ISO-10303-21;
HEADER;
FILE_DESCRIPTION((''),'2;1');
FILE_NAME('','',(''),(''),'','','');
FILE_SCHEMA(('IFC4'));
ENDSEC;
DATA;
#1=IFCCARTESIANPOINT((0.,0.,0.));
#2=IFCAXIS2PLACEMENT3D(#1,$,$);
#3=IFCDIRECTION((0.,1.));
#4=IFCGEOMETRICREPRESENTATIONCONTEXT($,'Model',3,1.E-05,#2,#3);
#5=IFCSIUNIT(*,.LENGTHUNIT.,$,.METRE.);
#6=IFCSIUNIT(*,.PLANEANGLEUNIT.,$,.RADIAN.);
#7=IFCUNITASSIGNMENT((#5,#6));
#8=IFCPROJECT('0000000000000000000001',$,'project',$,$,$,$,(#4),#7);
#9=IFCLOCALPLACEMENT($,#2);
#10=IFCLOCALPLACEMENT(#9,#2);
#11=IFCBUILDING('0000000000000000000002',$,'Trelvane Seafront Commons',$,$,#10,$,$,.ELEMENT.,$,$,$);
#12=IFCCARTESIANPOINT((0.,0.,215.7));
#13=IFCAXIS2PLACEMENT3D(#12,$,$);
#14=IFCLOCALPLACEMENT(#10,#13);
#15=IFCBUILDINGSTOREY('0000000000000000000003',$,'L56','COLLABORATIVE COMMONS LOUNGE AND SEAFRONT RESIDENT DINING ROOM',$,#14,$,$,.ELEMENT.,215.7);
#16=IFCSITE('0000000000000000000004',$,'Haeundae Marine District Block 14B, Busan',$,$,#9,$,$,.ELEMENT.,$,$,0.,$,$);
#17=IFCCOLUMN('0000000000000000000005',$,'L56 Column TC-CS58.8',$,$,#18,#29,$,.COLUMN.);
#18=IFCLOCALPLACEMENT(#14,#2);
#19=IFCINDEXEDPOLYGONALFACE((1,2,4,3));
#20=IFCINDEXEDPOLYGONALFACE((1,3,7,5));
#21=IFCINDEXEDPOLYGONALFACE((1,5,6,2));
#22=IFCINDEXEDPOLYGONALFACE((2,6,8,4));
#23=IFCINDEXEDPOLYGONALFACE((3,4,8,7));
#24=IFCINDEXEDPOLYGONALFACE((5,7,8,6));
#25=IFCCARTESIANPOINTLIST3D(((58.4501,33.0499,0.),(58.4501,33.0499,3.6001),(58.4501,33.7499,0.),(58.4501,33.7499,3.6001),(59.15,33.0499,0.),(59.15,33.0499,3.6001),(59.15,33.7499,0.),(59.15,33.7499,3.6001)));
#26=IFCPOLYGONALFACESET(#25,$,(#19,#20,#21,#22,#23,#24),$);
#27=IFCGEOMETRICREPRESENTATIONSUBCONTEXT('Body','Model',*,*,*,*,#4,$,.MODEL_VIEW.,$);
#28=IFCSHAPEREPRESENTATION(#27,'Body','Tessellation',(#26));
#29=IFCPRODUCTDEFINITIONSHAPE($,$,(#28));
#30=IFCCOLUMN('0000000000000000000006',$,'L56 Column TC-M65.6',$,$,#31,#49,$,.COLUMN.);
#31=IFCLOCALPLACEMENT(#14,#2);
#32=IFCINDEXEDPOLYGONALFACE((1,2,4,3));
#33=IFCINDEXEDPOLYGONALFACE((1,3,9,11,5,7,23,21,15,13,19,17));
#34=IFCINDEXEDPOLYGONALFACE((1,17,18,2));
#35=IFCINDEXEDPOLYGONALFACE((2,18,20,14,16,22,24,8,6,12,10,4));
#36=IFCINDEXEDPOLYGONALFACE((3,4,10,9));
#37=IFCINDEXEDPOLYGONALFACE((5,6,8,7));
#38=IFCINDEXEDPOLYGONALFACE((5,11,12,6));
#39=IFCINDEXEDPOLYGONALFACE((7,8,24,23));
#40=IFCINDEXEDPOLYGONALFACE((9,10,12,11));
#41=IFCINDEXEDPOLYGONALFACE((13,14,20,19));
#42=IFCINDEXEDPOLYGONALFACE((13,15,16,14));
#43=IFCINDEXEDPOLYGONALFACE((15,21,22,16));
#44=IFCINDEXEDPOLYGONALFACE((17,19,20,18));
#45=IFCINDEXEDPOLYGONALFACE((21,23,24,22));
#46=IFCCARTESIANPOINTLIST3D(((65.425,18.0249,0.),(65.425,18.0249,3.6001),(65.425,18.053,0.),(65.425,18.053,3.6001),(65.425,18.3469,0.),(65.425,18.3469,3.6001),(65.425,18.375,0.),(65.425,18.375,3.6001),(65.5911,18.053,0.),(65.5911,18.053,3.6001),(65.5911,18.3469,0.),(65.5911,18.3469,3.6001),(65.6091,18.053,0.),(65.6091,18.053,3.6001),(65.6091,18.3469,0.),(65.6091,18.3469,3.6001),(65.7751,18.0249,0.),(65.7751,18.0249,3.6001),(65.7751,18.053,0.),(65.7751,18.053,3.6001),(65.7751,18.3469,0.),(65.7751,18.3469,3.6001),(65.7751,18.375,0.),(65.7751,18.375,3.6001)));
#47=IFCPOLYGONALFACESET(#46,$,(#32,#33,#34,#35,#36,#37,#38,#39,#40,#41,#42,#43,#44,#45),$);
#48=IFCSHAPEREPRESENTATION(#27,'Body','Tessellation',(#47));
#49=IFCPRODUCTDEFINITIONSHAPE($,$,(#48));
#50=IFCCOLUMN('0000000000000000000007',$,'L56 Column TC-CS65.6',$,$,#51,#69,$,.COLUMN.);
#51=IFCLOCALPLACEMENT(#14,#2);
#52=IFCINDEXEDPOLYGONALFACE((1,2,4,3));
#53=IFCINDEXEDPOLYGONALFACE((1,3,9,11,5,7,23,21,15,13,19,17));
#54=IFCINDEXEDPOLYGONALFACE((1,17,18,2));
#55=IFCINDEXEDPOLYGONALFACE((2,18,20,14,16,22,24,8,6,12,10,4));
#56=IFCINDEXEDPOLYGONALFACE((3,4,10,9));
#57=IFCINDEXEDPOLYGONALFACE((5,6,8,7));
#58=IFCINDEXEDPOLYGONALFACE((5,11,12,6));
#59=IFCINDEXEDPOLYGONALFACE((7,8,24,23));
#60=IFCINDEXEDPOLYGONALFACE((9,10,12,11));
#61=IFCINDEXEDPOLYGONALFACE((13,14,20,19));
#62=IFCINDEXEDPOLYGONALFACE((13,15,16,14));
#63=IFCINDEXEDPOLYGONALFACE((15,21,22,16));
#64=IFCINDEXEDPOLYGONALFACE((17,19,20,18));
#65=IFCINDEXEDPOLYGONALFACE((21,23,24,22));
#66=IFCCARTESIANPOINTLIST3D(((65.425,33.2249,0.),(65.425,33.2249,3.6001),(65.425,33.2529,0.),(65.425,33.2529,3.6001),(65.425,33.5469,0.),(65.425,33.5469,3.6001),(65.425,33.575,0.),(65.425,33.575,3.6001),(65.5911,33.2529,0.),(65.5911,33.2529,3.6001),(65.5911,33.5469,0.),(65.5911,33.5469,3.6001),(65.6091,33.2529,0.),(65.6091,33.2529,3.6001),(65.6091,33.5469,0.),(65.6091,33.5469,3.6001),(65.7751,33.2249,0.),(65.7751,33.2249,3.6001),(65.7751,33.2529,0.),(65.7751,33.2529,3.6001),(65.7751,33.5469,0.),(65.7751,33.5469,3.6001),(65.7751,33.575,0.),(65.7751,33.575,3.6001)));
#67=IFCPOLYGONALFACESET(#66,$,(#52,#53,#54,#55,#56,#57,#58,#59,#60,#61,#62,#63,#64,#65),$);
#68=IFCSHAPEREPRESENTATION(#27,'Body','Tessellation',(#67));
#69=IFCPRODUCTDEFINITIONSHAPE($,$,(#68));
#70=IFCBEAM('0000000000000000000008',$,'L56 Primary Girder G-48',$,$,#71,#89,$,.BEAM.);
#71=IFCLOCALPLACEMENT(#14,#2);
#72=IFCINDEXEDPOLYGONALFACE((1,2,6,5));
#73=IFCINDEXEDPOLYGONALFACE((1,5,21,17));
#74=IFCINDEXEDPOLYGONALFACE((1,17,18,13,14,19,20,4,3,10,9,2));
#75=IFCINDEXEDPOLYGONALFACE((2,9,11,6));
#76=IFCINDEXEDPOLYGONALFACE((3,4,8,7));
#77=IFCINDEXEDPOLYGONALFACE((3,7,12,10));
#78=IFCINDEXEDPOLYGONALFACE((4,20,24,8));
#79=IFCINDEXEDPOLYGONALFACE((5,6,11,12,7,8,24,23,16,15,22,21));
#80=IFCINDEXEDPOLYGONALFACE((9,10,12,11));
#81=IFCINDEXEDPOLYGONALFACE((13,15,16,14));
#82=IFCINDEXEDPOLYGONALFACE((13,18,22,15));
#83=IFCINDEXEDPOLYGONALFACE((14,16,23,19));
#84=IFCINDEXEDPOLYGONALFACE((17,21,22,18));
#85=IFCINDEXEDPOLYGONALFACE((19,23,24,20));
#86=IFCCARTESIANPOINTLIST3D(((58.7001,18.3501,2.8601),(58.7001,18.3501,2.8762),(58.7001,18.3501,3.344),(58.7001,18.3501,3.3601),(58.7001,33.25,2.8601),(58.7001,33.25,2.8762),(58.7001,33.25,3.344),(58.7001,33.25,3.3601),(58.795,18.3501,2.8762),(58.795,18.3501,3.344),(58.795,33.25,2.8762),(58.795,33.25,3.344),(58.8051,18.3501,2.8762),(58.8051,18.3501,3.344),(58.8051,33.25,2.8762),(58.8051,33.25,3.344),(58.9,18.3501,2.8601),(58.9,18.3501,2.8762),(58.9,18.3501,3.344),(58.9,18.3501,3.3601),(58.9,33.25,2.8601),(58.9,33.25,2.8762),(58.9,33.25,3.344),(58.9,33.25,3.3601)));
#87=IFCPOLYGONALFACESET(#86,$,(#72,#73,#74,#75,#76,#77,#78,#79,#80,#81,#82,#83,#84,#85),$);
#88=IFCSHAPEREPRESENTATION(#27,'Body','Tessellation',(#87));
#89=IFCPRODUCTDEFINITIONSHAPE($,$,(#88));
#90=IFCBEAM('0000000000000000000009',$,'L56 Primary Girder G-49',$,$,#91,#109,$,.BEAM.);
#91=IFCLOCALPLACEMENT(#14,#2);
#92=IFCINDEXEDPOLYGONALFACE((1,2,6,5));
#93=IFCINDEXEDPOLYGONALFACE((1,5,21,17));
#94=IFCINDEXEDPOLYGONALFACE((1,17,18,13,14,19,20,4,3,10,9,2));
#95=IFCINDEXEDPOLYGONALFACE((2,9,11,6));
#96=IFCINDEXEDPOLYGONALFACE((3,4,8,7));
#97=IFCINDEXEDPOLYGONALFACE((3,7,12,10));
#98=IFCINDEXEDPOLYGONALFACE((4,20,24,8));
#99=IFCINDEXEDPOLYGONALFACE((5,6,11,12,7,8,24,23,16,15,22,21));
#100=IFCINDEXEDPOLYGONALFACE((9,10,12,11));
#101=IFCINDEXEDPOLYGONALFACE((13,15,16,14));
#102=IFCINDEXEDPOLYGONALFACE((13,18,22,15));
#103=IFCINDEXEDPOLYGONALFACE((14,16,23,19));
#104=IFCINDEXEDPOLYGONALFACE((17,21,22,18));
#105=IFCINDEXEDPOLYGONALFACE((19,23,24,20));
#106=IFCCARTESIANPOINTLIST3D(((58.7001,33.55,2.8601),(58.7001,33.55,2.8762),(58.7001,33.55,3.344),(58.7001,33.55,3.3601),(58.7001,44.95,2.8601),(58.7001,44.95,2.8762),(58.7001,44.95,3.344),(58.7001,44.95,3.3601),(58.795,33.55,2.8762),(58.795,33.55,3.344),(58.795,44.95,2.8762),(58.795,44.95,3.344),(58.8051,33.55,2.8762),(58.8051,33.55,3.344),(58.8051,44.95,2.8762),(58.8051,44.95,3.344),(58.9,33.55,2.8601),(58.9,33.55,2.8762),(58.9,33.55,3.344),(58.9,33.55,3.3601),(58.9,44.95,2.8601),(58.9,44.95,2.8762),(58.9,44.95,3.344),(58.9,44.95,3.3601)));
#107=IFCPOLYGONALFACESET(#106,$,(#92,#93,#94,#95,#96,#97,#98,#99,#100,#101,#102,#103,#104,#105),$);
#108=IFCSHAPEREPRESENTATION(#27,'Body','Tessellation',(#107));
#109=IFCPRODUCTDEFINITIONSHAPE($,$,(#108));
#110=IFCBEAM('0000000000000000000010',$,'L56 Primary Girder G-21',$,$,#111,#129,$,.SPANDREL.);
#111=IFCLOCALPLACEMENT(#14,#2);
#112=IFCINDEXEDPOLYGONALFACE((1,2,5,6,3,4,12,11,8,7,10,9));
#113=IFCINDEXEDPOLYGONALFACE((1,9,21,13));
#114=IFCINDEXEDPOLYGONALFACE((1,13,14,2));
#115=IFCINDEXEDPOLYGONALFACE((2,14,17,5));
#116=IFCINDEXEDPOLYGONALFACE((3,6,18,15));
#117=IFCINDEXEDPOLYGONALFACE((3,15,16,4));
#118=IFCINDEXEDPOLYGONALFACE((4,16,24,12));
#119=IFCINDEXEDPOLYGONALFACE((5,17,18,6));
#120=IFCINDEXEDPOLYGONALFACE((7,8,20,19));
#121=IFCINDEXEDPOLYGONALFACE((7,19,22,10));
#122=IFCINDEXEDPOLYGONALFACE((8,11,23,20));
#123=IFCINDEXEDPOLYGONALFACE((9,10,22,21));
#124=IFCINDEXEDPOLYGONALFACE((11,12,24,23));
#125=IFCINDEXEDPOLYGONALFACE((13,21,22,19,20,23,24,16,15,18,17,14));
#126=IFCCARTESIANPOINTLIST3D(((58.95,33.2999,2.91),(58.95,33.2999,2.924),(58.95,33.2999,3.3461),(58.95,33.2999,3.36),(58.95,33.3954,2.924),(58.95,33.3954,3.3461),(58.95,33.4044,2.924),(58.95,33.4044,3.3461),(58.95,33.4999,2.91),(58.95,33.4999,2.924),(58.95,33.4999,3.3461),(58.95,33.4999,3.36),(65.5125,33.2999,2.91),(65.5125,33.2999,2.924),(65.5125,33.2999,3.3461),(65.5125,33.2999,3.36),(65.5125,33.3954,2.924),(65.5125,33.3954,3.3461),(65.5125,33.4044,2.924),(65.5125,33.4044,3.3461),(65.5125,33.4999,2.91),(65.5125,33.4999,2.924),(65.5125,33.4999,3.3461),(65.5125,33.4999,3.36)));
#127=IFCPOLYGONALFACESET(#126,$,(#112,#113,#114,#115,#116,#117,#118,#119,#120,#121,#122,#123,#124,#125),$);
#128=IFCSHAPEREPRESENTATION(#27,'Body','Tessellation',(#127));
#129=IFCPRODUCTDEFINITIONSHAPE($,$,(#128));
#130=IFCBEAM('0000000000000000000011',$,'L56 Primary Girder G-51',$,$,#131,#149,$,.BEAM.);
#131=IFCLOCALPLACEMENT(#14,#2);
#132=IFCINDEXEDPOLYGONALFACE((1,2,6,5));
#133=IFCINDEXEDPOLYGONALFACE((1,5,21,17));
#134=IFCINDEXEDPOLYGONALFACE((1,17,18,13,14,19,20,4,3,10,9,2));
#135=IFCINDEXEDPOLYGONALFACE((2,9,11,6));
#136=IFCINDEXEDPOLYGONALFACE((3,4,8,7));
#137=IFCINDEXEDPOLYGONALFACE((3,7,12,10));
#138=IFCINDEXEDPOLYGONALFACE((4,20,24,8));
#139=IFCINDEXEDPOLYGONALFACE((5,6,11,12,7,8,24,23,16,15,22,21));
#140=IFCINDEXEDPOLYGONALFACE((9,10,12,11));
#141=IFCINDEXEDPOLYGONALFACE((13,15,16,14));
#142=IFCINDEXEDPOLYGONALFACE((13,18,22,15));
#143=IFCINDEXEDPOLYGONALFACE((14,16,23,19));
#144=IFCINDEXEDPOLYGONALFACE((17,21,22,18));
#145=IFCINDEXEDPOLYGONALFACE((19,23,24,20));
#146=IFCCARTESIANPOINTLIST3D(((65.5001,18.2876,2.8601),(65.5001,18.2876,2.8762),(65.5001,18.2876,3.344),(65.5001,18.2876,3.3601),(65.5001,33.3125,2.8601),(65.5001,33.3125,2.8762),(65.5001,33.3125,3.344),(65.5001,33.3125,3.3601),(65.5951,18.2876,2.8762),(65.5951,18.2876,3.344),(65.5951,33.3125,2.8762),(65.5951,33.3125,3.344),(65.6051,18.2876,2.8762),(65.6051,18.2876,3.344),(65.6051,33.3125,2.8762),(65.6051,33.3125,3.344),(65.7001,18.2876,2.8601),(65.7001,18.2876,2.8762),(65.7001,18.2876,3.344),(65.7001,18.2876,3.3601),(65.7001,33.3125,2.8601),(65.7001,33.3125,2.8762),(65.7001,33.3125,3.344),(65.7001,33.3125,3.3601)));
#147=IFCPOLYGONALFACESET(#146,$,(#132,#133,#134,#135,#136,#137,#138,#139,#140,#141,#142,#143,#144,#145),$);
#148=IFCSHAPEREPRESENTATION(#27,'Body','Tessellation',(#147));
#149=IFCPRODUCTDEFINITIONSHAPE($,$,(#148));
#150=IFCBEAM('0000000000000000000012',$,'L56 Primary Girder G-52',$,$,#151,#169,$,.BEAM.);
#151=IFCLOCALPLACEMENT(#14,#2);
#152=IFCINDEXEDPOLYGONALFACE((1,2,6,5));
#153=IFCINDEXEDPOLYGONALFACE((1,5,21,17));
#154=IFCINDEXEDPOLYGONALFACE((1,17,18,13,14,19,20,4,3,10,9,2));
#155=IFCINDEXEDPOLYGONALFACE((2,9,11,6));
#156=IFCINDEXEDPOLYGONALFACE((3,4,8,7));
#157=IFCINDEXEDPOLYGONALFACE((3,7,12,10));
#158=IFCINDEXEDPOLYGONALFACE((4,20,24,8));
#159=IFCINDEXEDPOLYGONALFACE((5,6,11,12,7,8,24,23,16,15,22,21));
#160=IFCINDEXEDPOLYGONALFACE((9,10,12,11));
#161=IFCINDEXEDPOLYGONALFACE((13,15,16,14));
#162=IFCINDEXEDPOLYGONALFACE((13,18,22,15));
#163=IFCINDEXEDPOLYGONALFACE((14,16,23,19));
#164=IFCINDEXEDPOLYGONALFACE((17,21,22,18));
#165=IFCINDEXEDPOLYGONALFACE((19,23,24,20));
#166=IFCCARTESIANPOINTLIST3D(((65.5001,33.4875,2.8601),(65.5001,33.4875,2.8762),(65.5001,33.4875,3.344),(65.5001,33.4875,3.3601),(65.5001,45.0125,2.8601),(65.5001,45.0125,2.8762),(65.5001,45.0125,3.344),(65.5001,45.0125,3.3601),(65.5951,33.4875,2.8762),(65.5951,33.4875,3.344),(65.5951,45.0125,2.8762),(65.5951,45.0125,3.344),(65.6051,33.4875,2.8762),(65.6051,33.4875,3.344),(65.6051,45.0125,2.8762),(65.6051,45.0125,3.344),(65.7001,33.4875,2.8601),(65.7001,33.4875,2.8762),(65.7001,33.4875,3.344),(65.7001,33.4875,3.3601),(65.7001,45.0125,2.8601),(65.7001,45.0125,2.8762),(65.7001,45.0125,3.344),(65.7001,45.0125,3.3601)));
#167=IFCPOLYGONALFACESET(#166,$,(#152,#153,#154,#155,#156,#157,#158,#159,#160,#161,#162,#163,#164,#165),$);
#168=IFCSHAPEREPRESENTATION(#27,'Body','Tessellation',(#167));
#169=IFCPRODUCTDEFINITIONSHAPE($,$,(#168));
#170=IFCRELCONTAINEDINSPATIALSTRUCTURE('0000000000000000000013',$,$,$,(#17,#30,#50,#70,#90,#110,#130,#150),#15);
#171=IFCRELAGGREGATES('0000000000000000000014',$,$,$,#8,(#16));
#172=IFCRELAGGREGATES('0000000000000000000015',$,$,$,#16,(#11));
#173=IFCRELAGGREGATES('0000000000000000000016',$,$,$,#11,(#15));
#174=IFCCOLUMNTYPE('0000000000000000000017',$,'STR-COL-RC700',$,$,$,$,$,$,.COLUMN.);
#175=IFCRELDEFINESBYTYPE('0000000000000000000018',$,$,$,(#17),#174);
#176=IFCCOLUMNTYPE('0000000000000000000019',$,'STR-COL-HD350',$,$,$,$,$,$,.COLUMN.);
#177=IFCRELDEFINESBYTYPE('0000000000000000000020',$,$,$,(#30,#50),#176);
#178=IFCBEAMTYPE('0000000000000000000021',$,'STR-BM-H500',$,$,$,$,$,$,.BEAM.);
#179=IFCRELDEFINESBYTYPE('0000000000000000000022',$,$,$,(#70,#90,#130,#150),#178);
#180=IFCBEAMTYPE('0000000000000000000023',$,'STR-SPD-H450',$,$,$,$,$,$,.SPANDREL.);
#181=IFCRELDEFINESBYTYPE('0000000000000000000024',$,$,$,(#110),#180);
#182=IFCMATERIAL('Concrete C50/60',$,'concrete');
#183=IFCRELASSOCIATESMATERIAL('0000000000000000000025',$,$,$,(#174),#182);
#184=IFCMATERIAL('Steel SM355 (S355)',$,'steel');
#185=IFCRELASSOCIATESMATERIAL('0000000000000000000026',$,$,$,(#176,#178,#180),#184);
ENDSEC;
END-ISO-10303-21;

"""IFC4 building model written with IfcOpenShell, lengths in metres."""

from ifc_helpers import new_model, si_unit, direction, frame, origin, origin_2d, place, context, subcontext, project, spatial, rectangle, i_section, extrude, source, transform, mapped, material, material_profile, profile_set, type_object, element, save


model = new_model("IFC4")

# Units and contexts
model_context = context("Model", 3, precision=1e-05, world=origin(), true_north=direction((0.0, 1.0)))
body_context = subcontext(model_context, "Body", "Model", "MODEL_VIEW")
ifc_project = project(units=[si_unit("LENGTHUNIT", "METRE"), si_unit("PLANEANGLEUNIT", "RADIAN")], contexts=[model_context])

# Site, building, storey
site_placement = place(None, origin())
site = spatial("IfcSite", under=ifc_project, at=site_placement, Name="Haeundae Marine District Block 14B, Busan", CompositionType="ELEMENT", RefElevation=0.0)
building_placement = place(site_placement, origin())
building = spatial("IfcBuilding", under=site, at=building_placement, Name="Trelvane Seafront Commons", CompositionType="ELEMENT")
storey_placement = place(building_placement, frame((0.0, 0.0, 215.7)))
storey = spatial("IfcBuildingStorey", under=building, at=storey_placement, Name="L56", Description="COLLABORATIVE COMMONS LOUNGE AND SEAFRONT RESIDENT DINING ROOM", CompositionType="ELEMENT", Elevation=215.7)

# Columns
ifc_material_1 = material(Name="Concrete C50/60", Category="concrete")
ifc_material_profile_1 = material_profile(ifc_material_1, rectangle(XDim=0.7, YDim=0.7, at=origin_2d()), Name="RC-700x700")
ifc_profile_set_1 = profile_set([ifc_material_profile_1], Name="Concrete C50/60")
column_type_1 = type_object("IfcColumnType", Name="STR-COL-RC700", PredefinedType="COLUMN", material=ifc_profile_set_1)
shared_shape_1 = source(origin(), body_context, "Body", "SweptSolid", [
    extrude(rectangle(XDim=0.7, YDim=0.7, at=origin_2d()), origin(), (0.0, 0.0, 1.0), 3.6001),
])
column_placement = place(storey_placement, frame((58.8, 33.3999, 0.0), z_axis=(0.0, 0.0, 1.0), x_axis=(1.0, 0.0, 0.0)))
element("IfcColumn", 1, at=column_placement, inside=storey, type_object=column_type_1, Name="L56 Column TC-CS58.8", PredefinedType="COLUMN", context=body_context, shape_type="MappedRepresentation", body=[
    mapped(shared_shape_1, transform((0.0, 0.0, 0.0), x_axis=(1.0, 0.0, 0.0), y_axis=(0.0, 1.0, 0.0), z_axis=(0.0, 0.0, 1.0), scale=1.0)),
])
ifc_material_2 = material(Name="Steel SM355 (S355)", Category="steel")
ifc_material_profile_2 = material_profile(ifc_material_2, i_section(OverallWidth=0.3501, OverallDepth=0.3501, WebThickness=0.0181, FlangeThickness=0.0281, at=origin_2d()), Name="HD-350x350x18x28")
ifc_profile_set_2 = profile_set([ifc_material_profile_2], Name="Steel SM355 (S355)")
column_type_2 = type_object("IfcColumnType", Name="STR-COL-HD350", PredefinedType="COLUMN", material=ifc_profile_set_2)
shared_shape_2 = source(origin(), body_context, "Body", "SweptSolid", [
    extrude(i_section(OverallWidth=0.3501, OverallDepth=0.3501, WebThickness=0.0181, FlangeThickness=0.0281, at=origin_2d()), origin(), (0.0, 0.0, 1.0), 3.6001),
])
for number, where, z_axis, x_axis, name in (
    (2, (65.6001, 18.2, 0.0), (0.0, 0.0, 1.0), (1.0, 0.0, 0.0), "L56 Column TC-M65.6"),
    (3, (65.6001, 33.3999, 0.0), (0.0, 0.0, 1.0), (1.0, 0.0, 0.0), "L56 Column TC-CS65.6"),
):
    element("IfcColumn", number, at=place(storey_placement, frame(where, z_axis=z_axis, x_axis=x_axis)), inside=storey, type_object=column_type_2, Name=name, PredefinedType="COLUMN", context=body_context, shape_type="MappedRepresentation", body=[
        mapped(shared_shape_2, transform((0.0, 0.0, 0.0), x_axis=(1.0, 0.0, 0.0), y_axis=(0.0, 1.0, 0.0), z_axis=(0.0, 0.0, 1.0), scale=1.0)),
    ])

# Beams
ifc_material_profile_3 = material_profile(ifc_material_2, i_section(OverallWidth=0.2, OverallDepth=0.5, WebThickness=0.01, FlangeThickness=0.0161, at=origin_2d()), Name="H-500x200x10x16")
ifc_profile_set_3 = profile_set([ifc_material_profile_3], Name="Steel SM355 (S355)")
beam_type_1 = type_object("IfcBeamType", Name="STR-BM-H500", PredefinedType="BEAM", material=ifc_profile_set_3)
shared_shape_3 = source(origin(), body_context, "Body", "SweptSolid", [
    extrude(i_section(OverallWidth=0.2, OverallDepth=0.5, WebThickness=0.01, FlangeThickness=0.0161, at=origin_2d()), origin(), (0.0, 0.0, 1.0), 14.8999),
])
beam_1_placement = place(storey_placement, frame((58.8, 18.3501, 3.1101), z_axis=(0.0, 1.0, 0.0), x_axis=(-1.0, 0.0, 0.0)))
element("IfcBeam", 4, at=beam_1_placement, inside=storey, type_object=beam_type_1, Name="L56 Primary Girder G-48", PredefinedType="BEAM", context=body_context, shape_type="MappedRepresentation", body=[
    mapped(shared_shape_3, transform((0.0, 0.0, 0.0), x_axis=(1.0, 0.0, 0.0), y_axis=(0.0, 1.0, 0.0), z_axis=(0.0, 0.0, 1.0), scale=1.0)),
])
shared_shape_4 = source(origin(), body_context, "Body", "SweptSolid", [
    extrude(i_section(OverallWidth=0.2, OverallDepth=0.5, WebThickness=0.01, FlangeThickness=0.0161, at=origin_2d()), origin(), (0.0, 0.0, 1.0), 11.3999),
])
beam_2_placement = place(storey_placement, frame((58.8, 33.55, 3.1101), z_axis=(0.0, 1.0, 0.0), x_axis=(-1.0, 0.0, 0.0)))
element("IfcBeam", 5, at=beam_2_placement, inside=storey, type_object=beam_type_1, Name="L56 Primary Girder G-49", PredefinedType="BEAM", context=body_context, shape_type="MappedRepresentation", body=[
    mapped(shared_shape_4, transform((0.0, 0.0, 0.0), x_axis=(1.0, 0.0, 0.0), y_axis=(0.0, 1.0, 0.0), z_axis=(0.0, 0.0, 1.0), scale=1.0)),
])
ifc_material_profile_4 = material_profile(ifc_material_2, i_section(OverallWidth=0.2, OverallDepth=0.45, WebThickness=0.009, FlangeThickness=0.0139, at=origin_2d()), Name="H-450x200x9x14")
ifc_profile_set_4 = profile_set([ifc_material_profile_4], Name="Steel SM355 (S355)")
beam_type_2 = type_object("IfcBeamType", Name="STR-SPD-H450", PredefinedType="SPANDREL", material=ifc_profile_set_4)
shared_shape_5 = source(origin(), body_context, "Body", "SweptSolid", [
    extrude(i_section(OverallWidth=0.2, OverallDepth=0.45, WebThickness=0.009, FlangeThickness=0.0139, at=origin_2d()), origin(), (0.0, 0.0, 1.0), 6.5625),
])
beam_3_placement = place(storey_placement, frame((58.95, 33.3999, 3.135), z_axis=(1.0, 0.0, 0.0), x_axis=(0.0, 1.0, 0.0)))
element("IfcBeam", 6, at=beam_3_placement, inside=storey, type_object=beam_type_2, Name="L56 Primary Girder G-21", PredefinedType="SPANDREL", context=body_context, shape_type="MappedRepresentation", body=[
    mapped(shared_shape_5, transform((0.0, 0.0, 0.0), x_axis=(1.0, 0.0, 0.0), y_axis=(0.0, 1.0, 0.0), z_axis=(0.0, 0.0, 1.0), scale=1.0)),
])
shared_shape_6 = source(origin(), body_context, "Body", "SweptSolid", [
    extrude(i_section(OverallWidth=0.2, OverallDepth=0.5, WebThickness=0.01, FlangeThickness=0.0161, at=origin_2d()), origin(), (0.0, 0.0, 1.0), 15.0249),
])
beam_4_placement = place(storey_placement, frame((65.6001, 18.2876, 3.1101), z_axis=(0.0, 1.0, 0.0), x_axis=(-1.0, 0.0, 0.0)))
element("IfcBeam", 7, at=beam_4_placement, inside=storey, type_object=beam_type_1, Name="L56 Primary Girder G-51", PredefinedType="BEAM", context=body_context, shape_type="MappedRepresentation", body=[
    mapped(shared_shape_6, transform((0.0, 0.0, 0.0), x_axis=(1.0, 0.0, 0.0), y_axis=(0.0, 1.0, 0.0), z_axis=(0.0, 0.0, 1.0), scale=1.0)),
])
shared_shape_7 = source(origin(), body_context, "Body", "SweptSolid", [
    extrude(i_section(OverallWidth=0.2, OverallDepth=0.5, WebThickness=0.01, FlangeThickness=0.0161, at=origin_2d()), origin(), (0.0, 0.0, 1.0), 11.5249),
])
beam_5_placement = place(storey_placement, frame((65.6001, 33.4875, 3.1101), z_axis=(0.0, 1.0, 0.0), x_axis=(-1.0, 0.0, 0.0)))
element("IfcBeam", 8, at=beam_5_placement, inside=storey, type_object=beam_type_1, Name="L56 Primary Girder G-52", PredefinedType="BEAM", context=body_context, shape_type="MappedRepresentation", body=[
    mapped(shared_shape_7, transform((0.0, 0.0, 0.0), x_axis=(1.0, 0.0, 0.0), y_axis=(0.0, 1.0, 0.0), z_axis=(0.0, 0.0, 1.0), scale=1.0)),
])

save(model, "model.ifc")
